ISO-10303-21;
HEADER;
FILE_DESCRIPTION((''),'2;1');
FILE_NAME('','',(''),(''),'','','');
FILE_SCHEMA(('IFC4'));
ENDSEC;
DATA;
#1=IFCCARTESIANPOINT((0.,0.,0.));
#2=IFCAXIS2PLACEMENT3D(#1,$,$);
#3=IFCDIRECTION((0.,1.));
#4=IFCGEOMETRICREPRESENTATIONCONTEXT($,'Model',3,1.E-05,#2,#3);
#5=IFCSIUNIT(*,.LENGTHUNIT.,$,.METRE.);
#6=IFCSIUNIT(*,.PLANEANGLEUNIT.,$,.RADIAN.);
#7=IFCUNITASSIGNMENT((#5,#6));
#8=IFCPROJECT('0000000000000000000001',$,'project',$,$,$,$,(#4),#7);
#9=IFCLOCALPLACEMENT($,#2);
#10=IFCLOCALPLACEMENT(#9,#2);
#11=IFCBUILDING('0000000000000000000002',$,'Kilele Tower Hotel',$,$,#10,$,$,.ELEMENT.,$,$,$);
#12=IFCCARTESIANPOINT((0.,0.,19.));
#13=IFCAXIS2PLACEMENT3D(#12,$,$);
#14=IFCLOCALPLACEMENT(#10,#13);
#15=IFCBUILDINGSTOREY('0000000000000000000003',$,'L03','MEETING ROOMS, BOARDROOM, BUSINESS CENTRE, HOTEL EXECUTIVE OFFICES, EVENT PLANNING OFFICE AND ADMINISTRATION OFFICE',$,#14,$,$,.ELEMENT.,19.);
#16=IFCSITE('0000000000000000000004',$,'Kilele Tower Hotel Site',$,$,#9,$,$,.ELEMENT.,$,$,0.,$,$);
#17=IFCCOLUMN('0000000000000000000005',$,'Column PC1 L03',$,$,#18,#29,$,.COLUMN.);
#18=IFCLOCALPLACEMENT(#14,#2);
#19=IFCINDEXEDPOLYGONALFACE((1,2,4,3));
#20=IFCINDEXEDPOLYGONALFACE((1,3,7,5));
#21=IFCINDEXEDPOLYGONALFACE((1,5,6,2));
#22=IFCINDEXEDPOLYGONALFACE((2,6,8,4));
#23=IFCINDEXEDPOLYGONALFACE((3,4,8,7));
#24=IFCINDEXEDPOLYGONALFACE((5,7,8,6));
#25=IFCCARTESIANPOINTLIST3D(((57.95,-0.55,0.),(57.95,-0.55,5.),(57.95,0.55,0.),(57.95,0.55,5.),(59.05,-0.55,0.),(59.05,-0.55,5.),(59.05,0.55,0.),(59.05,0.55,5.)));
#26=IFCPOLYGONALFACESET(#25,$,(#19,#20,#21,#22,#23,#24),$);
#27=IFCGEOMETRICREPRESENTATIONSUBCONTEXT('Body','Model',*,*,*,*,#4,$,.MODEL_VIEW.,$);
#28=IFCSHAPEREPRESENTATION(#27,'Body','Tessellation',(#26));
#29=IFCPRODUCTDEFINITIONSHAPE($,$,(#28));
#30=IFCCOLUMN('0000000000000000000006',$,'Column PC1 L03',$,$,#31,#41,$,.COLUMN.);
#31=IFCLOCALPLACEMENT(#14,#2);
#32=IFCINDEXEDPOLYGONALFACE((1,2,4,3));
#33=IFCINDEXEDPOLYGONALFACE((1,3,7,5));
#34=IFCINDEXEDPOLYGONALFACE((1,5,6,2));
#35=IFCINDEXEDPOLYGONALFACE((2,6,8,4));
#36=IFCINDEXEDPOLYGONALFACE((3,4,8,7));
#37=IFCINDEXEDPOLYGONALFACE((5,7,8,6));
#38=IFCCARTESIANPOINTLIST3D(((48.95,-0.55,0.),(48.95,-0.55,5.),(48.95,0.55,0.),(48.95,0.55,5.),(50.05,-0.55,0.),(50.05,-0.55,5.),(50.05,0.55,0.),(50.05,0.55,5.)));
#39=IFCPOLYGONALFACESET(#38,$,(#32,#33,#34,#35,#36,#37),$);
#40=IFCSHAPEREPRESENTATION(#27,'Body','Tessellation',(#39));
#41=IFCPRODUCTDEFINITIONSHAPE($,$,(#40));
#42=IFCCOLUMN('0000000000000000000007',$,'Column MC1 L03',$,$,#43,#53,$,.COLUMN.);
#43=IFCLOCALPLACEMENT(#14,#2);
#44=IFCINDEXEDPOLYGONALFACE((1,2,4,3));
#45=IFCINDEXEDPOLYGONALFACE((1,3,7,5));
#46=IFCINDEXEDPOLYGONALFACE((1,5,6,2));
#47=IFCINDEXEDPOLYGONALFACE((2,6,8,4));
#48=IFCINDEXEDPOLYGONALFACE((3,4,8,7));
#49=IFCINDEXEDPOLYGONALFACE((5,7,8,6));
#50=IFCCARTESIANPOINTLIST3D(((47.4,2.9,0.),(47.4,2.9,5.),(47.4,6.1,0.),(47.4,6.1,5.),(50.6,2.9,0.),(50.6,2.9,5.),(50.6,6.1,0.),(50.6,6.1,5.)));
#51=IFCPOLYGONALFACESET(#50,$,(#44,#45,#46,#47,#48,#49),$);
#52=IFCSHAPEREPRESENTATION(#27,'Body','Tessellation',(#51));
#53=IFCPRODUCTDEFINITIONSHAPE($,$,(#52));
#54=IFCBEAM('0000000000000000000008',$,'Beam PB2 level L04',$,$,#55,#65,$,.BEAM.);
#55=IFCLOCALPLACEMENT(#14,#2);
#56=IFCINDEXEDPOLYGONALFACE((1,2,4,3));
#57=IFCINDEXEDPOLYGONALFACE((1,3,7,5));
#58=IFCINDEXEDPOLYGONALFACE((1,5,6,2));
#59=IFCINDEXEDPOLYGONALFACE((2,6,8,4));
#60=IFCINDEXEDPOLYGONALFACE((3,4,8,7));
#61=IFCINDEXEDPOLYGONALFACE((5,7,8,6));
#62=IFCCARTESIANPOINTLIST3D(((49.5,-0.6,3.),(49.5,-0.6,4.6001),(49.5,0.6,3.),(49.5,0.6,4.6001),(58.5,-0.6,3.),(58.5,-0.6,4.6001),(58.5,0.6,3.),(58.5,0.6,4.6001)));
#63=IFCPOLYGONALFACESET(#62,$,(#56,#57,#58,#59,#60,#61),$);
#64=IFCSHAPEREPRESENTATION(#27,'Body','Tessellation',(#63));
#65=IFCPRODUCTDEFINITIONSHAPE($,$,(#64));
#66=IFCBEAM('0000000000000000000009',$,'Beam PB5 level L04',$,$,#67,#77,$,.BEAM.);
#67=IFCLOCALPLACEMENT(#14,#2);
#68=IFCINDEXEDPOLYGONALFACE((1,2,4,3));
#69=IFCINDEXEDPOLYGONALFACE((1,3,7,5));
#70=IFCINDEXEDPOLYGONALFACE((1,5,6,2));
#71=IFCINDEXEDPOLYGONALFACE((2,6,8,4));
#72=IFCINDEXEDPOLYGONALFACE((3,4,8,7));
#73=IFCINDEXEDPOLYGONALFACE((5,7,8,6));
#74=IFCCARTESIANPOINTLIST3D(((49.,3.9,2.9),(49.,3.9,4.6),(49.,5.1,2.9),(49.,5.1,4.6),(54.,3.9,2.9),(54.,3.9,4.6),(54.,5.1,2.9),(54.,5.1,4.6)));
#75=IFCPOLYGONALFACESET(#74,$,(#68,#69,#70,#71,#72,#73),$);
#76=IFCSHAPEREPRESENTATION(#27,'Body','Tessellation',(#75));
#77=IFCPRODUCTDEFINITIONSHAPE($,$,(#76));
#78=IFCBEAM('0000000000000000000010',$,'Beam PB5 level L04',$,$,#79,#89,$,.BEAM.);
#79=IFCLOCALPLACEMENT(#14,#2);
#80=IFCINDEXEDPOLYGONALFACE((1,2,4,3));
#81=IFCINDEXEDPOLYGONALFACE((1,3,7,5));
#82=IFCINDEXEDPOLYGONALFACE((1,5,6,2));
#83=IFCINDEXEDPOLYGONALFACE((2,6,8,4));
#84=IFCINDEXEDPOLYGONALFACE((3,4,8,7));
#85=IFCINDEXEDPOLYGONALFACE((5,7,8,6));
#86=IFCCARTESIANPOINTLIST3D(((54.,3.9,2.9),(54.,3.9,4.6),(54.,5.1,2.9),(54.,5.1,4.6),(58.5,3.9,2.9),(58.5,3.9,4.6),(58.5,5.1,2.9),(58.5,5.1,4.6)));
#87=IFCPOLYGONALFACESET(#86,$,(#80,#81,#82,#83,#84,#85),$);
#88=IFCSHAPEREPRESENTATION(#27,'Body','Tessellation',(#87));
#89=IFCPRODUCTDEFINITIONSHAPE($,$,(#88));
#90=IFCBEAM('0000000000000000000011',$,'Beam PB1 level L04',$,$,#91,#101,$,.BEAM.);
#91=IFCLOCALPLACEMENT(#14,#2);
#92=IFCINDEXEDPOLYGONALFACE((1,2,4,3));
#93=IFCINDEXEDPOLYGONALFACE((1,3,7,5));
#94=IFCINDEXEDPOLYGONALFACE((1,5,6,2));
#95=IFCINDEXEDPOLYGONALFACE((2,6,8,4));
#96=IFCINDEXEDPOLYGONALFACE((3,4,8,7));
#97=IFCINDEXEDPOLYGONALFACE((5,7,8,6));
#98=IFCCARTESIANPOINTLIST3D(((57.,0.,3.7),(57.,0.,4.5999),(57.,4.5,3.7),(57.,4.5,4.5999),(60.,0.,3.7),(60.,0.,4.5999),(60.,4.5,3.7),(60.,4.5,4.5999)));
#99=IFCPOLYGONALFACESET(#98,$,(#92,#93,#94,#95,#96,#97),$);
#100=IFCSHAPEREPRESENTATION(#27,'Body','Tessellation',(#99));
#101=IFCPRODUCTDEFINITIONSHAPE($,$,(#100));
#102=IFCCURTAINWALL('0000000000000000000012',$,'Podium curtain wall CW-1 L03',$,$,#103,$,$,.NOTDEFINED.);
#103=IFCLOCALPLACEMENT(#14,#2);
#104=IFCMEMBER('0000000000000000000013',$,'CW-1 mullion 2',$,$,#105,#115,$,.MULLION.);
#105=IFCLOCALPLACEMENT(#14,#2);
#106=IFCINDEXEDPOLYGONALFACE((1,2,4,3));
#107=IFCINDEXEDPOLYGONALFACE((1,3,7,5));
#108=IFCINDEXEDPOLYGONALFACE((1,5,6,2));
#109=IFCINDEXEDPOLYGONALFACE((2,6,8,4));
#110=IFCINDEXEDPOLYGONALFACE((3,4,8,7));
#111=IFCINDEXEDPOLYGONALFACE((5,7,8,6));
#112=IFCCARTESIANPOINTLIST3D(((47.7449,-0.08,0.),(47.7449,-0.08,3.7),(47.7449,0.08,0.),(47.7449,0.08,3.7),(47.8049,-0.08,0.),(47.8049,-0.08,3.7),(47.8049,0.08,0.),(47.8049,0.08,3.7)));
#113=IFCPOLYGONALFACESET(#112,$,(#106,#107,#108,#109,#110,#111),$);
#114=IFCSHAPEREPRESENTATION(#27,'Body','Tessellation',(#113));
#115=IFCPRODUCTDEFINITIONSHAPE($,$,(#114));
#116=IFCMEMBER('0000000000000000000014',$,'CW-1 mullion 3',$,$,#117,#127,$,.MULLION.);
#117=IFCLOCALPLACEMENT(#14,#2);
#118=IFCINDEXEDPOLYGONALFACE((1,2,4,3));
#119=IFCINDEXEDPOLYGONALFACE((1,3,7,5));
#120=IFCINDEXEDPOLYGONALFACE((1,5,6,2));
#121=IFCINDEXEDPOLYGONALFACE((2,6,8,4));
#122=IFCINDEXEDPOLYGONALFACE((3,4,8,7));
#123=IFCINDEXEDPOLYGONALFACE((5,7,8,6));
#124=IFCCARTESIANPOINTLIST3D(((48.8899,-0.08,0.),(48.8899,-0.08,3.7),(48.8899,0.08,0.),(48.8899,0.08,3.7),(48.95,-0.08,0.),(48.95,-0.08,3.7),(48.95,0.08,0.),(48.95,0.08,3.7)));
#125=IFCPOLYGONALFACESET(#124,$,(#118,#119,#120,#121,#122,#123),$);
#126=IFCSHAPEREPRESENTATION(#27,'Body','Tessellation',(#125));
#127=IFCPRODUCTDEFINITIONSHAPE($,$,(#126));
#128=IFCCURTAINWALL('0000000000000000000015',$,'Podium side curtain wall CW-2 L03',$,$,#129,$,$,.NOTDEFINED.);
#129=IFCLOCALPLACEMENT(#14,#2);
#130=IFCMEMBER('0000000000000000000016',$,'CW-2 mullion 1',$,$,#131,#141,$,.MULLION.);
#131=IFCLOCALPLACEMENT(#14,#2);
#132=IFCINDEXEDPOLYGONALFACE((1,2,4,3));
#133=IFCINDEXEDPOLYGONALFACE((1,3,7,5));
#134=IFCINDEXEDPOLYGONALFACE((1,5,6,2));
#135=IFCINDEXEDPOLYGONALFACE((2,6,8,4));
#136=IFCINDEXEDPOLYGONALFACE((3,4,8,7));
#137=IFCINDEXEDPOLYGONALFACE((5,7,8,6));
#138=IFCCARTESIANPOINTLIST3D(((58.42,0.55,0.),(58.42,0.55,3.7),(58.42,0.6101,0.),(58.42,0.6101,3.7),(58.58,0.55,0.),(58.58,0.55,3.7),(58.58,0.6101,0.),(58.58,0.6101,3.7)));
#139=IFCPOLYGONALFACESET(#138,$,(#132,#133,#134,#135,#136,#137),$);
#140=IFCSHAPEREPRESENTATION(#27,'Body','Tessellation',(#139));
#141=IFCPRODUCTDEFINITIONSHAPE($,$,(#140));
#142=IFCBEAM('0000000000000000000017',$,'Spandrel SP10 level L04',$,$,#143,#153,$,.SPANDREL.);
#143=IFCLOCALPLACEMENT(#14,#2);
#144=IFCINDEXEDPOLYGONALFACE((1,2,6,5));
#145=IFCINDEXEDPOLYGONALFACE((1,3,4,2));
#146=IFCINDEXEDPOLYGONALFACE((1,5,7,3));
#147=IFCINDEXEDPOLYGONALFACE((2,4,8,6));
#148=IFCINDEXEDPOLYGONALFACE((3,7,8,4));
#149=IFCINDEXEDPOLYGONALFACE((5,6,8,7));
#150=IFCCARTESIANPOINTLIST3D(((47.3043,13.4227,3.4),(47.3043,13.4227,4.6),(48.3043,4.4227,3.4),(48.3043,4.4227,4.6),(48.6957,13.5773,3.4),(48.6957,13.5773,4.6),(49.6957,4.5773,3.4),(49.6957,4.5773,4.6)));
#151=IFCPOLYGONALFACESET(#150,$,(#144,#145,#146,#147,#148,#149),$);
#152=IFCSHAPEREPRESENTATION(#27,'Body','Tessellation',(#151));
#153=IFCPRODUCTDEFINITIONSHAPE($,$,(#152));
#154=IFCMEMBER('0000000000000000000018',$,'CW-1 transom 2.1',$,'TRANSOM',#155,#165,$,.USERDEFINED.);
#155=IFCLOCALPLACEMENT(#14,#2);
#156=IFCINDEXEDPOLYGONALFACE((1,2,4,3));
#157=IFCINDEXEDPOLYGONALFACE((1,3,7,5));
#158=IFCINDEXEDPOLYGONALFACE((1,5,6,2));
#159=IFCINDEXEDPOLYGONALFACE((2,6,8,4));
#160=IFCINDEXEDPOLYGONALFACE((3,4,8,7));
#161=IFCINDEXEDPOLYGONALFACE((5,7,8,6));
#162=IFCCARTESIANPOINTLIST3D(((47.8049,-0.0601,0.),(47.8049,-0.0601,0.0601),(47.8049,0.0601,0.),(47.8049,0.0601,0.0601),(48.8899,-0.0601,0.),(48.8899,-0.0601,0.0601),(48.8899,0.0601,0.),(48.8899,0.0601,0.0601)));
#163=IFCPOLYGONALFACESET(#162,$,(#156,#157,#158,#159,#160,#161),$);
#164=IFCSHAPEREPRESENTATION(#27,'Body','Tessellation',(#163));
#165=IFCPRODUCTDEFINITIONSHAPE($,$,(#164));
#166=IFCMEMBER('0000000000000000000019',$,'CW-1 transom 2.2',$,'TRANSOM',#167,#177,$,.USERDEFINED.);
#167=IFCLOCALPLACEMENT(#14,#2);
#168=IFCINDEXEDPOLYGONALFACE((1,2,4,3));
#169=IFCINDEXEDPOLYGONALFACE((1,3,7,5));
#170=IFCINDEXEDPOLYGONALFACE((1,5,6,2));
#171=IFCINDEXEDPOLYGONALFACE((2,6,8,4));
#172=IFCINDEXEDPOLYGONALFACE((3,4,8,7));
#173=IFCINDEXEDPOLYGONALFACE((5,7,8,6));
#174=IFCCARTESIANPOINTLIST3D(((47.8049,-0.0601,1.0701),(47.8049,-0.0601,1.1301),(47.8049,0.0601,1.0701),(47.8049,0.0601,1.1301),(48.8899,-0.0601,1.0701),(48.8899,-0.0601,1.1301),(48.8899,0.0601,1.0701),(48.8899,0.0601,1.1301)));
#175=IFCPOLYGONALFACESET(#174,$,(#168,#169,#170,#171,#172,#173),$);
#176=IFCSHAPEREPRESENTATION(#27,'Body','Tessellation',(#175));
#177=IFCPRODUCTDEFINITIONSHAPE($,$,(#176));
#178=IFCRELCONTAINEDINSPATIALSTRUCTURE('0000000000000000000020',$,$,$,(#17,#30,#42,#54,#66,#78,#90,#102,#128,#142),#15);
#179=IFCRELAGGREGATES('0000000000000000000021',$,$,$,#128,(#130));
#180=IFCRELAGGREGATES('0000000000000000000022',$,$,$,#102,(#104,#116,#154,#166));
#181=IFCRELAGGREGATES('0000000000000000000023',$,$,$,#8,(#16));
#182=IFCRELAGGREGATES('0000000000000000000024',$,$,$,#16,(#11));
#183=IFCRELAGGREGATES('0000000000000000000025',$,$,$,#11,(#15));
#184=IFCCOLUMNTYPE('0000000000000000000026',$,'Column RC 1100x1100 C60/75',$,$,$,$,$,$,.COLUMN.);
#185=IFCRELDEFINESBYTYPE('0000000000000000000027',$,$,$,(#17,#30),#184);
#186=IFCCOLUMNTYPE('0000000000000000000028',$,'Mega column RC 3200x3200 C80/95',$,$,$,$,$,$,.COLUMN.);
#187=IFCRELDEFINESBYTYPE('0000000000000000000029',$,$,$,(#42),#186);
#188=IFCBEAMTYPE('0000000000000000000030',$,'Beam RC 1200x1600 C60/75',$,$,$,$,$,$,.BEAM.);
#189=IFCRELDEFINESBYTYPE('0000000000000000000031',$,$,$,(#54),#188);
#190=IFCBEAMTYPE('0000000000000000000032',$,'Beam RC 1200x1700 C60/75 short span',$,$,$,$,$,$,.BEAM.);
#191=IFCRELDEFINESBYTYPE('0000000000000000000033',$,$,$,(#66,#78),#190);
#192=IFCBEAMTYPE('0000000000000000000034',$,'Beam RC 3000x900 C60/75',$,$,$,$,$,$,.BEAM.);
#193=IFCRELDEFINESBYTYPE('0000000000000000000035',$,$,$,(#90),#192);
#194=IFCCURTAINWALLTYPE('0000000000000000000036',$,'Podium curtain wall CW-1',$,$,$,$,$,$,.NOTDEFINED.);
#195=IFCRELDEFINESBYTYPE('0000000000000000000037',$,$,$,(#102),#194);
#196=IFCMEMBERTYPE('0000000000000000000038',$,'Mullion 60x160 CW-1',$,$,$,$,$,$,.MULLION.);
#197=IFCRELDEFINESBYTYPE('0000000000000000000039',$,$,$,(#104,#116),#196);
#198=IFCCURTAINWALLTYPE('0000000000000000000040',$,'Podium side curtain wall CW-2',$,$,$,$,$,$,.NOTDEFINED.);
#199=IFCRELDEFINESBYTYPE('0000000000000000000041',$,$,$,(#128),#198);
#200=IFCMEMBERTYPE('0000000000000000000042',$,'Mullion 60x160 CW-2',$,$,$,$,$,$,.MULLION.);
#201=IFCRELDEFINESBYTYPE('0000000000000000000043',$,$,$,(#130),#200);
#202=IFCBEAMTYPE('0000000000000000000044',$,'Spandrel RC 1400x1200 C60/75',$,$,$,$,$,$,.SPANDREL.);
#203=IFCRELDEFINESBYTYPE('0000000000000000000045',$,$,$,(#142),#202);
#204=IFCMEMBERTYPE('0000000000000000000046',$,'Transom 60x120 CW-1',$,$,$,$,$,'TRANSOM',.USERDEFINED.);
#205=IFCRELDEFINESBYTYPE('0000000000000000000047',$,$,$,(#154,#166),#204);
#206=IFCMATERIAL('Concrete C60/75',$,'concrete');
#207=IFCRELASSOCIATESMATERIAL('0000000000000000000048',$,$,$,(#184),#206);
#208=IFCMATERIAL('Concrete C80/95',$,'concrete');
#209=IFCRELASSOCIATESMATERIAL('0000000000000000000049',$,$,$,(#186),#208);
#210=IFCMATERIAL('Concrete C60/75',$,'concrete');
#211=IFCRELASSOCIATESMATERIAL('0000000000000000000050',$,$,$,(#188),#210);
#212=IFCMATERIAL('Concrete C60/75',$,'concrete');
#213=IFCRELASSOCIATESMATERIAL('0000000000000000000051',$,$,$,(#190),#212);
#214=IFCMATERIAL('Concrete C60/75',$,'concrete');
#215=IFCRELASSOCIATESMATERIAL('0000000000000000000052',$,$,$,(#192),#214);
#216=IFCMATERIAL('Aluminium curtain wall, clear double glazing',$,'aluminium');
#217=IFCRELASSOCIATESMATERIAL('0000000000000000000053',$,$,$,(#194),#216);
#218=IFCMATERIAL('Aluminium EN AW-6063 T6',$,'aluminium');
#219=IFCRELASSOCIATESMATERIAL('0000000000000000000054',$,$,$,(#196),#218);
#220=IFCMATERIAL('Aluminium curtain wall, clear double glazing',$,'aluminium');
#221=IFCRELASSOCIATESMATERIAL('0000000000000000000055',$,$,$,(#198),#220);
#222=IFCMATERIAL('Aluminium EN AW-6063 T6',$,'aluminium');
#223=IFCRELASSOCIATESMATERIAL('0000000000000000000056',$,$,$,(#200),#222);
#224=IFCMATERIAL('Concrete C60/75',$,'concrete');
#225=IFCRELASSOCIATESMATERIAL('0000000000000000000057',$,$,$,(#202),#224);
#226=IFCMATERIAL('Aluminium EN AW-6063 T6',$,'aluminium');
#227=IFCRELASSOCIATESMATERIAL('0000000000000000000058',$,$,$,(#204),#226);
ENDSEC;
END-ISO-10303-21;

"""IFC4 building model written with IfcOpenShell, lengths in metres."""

from ifc_helpers import new_model, si_unit, direction, frame, origin, origin_2d, place, context, subcontext, project, spatial, rectangle, extrude, material, material_profile, profile_set, type_object, element, aggregate, save


model = new_model("IFC4")

# Units and contexts
model_context = context("Model", 3, precision=1e-05, world=origin(), true_north=direction((0.0, 1.0)))
body_context = subcontext(model_context, "Body", "Model", "MODEL_VIEW")
ifc_project = project(units=[si_unit("LENGTHUNIT", "METRE"), si_unit("PLANEANGLEUNIT", "RADIAN")], contexts=[model_context])

# Site, building, storey
site_placement = place(None, origin())
site = spatial("IfcSite", under=ifc_project, at=site_placement, Name="Kilele Tower Hotel Site", CompositionType="ELEMENT", RefElevation=0.0)
building_placement = place(site_placement, origin())
building = spatial("IfcBuilding", under=site, at=building_placement, Name="Kilele Tower Hotel", CompositionType="ELEMENT")
storey_placement = place(building_placement, frame((0.0, 0.0, 19.0)))
storey = spatial("IfcBuildingStorey", under=building, at=storey_placement, Name="L03", Description="MEETING ROOMS, BOARDROOM, BUSINESS CENTRE, HOTEL EXECUTIVE OFFICES, EVENT PLANNING OFFICE AND ADMINISTRATION OFFICE", CompositionType="ELEMENT", Elevation=19.0)

# Columns
ifc_material_1 = material(Name="Concrete C60/75", Category="concrete")
ifc_material_profile_1 = material_profile(ifc_material_1, rectangle(XDim=1.1001, YDim=1.1001, at=origin_2d()))
ifc_profile_set_1 = profile_set([ifc_material_profile_1], Name="Concrete C60/75")
column_type_1 = type_object("IfcColumnType", Name="Column RC 1100x1100 C60/75", PredefinedType="COLUMN", material=ifc_profile_set_1)
for number, where, z_axis, x_axis, name in (
    (1, (58.5, 0.0, 0.0), (0.0, 0.0, 1.0), (1.0, 0.0, 0.0), "Column PC1 L03"),
    (2, (49.5, 0.0, 0.0), (0.0, 0.0, 1.0), (1.0, 0.0, 0.0), "Column PC1 L03"),
):
    element("IfcColumn", number, at=place(storey_placement, frame(where, z_axis=z_axis, x_axis=x_axis)), inside=storey, type_object=column_type_1, Name=name, PredefinedType="COLUMN", context=body_context, shape_type="SweptSolid", body=[
        extrude(rectangle(XDim=1.1001, YDim=1.1001, at=origin_2d()), origin(), (0.0, 0.0, 1.0), 5.0),
    ])
ifc_material_2 = material(Name="Concrete C80/95", Category="concrete")
ifc_material_profile_2 = material_profile(ifc_material_2, rectangle(XDim=3.2, YDim=3.2, at=origin_2d()))
ifc_profile_set_2 = profile_set([ifc_material_profile_2], Name="Concrete C80/95")
column_type_2 = type_object("IfcColumnType", Name="Mega column RC 3200x3200 C80/95", PredefinedType="COLUMN", material=ifc_profile_set_2)
column_placement = place(storey_placement, frame((49.0, 4.5, 0.0), z_axis=(0.0, 0.0, 1.0), x_axis=(1.0, 0.0, 0.0)))
element("IfcColumn", 3, at=column_placement, inside=storey, type_object=column_type_2, Name="Column MC1 L03", PredefinedType="COLUMN", context=body_context, shape_type="SweptSolid", body=[
    extrude(rectangle(XDim=3.2, YDim=3.2, at=origin_2d()), origin(), (0.0, 0.0, 1.0), 5.0),
])

# Beams
ifc_material_3 = material(Name="Concrete C60/75", Category="concrete")
ifc_material_profile_3 = material_profile(ifc_material_3, rectangle(XDim=1.2, YDim=1.6001, at=origin_2d()))
ifc_profile_set_3 = profile_set([ifc_material_profile_3], Name="Concrete C60/75")
beam_type_1 = type_object("IfcBeamType", Name="Beam RC 1200x1600 C60/75", PredefinedType="BEAM", material=ifc_profile_set_3)
beam_1_placement = place(storey_placement, frame((49.5, 0.0, 3.8), z_axis=(1.0, 0.0, 0.0), x_axis=(0.0, 1.0, 0.0)))
element("IfcBeam", 4, at=beam_1_placement, inside=storey, type_object=beam_type_1, Name="Beam PB2 level L04", PredefinedType="BEAM", context=body_context, shape_type="SweptSolid", body=[
    extrude(rectangle(XDim=1.2, YDim=1.6001, at=origin_2d()), origin(), (0.0, 0.0, 1.0), 9.0),
])
ifc_material_4 = material(Name="Concrete C60/75", Category="concrete")
ifc_material_profile_4 = material_profile(ifc_material_4, rectangle(XDim=1.2, YDim=1.7, at=origin_2d()))
ifc_profile_set_4 = profile_set([ifc_material_profile_4], Name="Concrete C60/75")
beam_type_2 = type_object("IfcBeamType", Name="Beam RC 1200x1700 C60/75 short span", PredefinedType="BEAM", material=ifc_profile_set_4)
beam_2_placement = place(storey_placement, frame((49.0, 4.5, 3.75), z_axis=(1.0, 0.0, 0.0), x_axis=(0.0, 1.0, 0.0)))
element("IfcBeam", 5, at=beam_2_placement, inside=storey, type_object=beam_type_2, Name="Beam PB5 level L04", PredefinedType="BEAM", context=body_context, shape_type="SweptSolid", body=[
    extrude(rectangle(XDim=1.2, YDim=1.7, at=origin_2d()), origin(), (0.0, 0.0, 1.0), 5.0),
])
beam_3_placement = place(storey_placement, frame((54.0, 4.5, 3.75), z_axis=(1.0, 0.0, 0.0), x_axis=(0.0, 1.0, 0.0)))
element("IfcBeam", 6, at=beam_3_placement, inside=storey, type_object=beam_type_2, Name="Beam PB5 level L04", PredefinedType="BEAM", context=body_context, shape_type="SweptSolid", body=[
    extrude(rectangle(XDim=1.2, YDim=1.7, at=origin_2d()), origin(), (0.0, 0.0, 1.0), 4.5),
])
ifc_material_5 = material(Name="Concrete C60/75", Category="concrete")
ifc_material_profile_5 = material_profile(ifc_material_5, rectangle(XDim=3.0, YDim=0.8999, at=origin_2d()))
ifc_profile_set_5 = profile_set([ifc_material_profile_5], Name="Concrete C60/75")
beam_type_3 = type_object("IfcBeamType", Name="Beam RC 3000x900 C60/75", PredefinedType="BEAM", material=ifc_profile_set_5)
beam_4_placement = place(storey_placement, frame((58.5, 0.0, 4.1499), z_axis=(0.0, 1.0, 0.0), x_axis=(-1.0, 0.0, 0.0)))
element("IfcBeam", 7, at=beam_4_placement, inside=storey, type_object=beam_type_3, Name="Beam PB1 level L04", PredefinedType="BEAM", context=body_context, shape_type="SweptSolid", body=[
    extrude(rectangle(XDim=3.0, YDim=0.8999, at=origin_2d()), origin(), (0.0, 0.0, 1.0), 4.5),
])

# Curtain wall, members
ifc_material_6 = material(Name="Aluminium curtain wall, clear double glazing", Category="aluminium")
curtain_wall_type_1 = type_object("IfcCurtainWallType", Name="Podium curtain wall CW-1", PredefinedType="NOTDEFINED", material=ifc_material_6)
curtain_wall_1_placement = place(storey_placement, origin())
curtain_wall_1 = element("IfcCurtainWall", 8, at=curtain_wall_1_placement, inside=storey, type_object=curtain_wall_type_1, Name="Podium curtain wall CW-1 L03", PredefinedType="NOTDEFINED")
ifc_material_7 = material(Name="Aluminium EN AW-6063 T6", Category="aluminium")
ifc_material_profile_6 = material_profile(ifc_material_7, rectangle(XDim=0.1599, YDim=0.0601, at=origin_2d()))
ifc_profile_set_6 = profile_set([ifc_material_profile_6], Name="Aluminium EN AW-6063 T6")
member_type_1 = type_object("IfcMemberType", Name="Mullion 60x160 CW-1", PredefinedType="MULLION", material=ifc_profile_set_6)
member_1_placement = place(storey_placement, frame((47.7749, 0.0, 0.0), z_axis=(0.0, 0.0, 1.0), x_axis=(0.0, 1.0, 0.0)))
member_1 = element("IfcMember", 9, at=member_1_placement, type_object=member_type_1, Name="CW-1 mullion 2", PredefinedType="MULLION", context=body_context, shape_type="SweptSolid", body=[
    extrude(rectangle(XDim=0.1599, YDim=0.0601, at=origin_2d()), origin(), (0.0, 0.0, 1.0), 3.7),
])
member_2_placement = place(storey_placement, frame((48.9199, 0.0, 0.0), z_axis=(0.0, 0.0, 1.0), x_axis=(0.0, 1.0, 0.0)))
member_2 = element("IfcMember", 10, at=member_2_placement, type_object=member_type_1, Name="CW-1 mullion 3", PredefinedType="MULLION", context=body_context, shape_type="SweptSolid", body=[
    extrude(rectangle(XDim=0.1599, YDim=0.0601, at=origin_2d()), origin(), (0.0, 0.0, 1.0), 3.7),
])

# Curtain wall, member
ifc_material_8 = material(Name="Aluminium curtain wall, clear double glazing", Category="aluminium")
curtain_wall_type_2 = type_object("IfcCurtainWallType", Name="Podium side curtain wall CW-2", PredefinedType="NOTDEFINED", material=ifc_material_8)
curtain_wall_2_placement = place(storey_placement, origin())
curtain_wall_2 = element("IfcCurtainWall", 11, at=curtain_wall_2_placement, inside=storey, type_object=curtain_wall_type_2, Name="Podium side curtain wall CW-2 L03", PredefinedType="NOTDEFINED")
ifc_material_9 = material(Name="Aluminium EN AW-6063 T6", Category="aluminium")
ifc_material_profile_7 = material_profile(ifc_material_9, rectangle(XDim=0.1599, YDim=0.0601, at=origin_2d()))
ifc_profile_set_7 = profile_set([ifc_material_profile_7], Name="Aluminium EN AW-6063 T6")
member_type_2 = type_object("IfcMemberType", Name="Mullion 60x160 CW-2", PredefinedType="MULLION", material=ifc_profile_set_7)
member_3_placement = place(storey_placement, frame((58.5, 0.5801, 0.0), z_axis=(0.0, 0.0, 1.0), x_axis=(-1.0, 0.0, 0.0)))
member_3 = element("IfcMember", 12, at=member_3_placement, type_object=member_type_2, Name="CW-2 mullion 1", PredefinedType="MULLION", context=body_context, shape_type="SweptSolid", body=[
    extrude(rectangle(XDim=0.1599, YDim=0.0601, at=origin_2d()), origin(), (0.0, 0.0, 1.0), 3.7),
])

# Beam
ifc_material_10 = material(Name="Concrete C60/75", Category="concrete")
ifc_material_profile_8 = material_profile(ifc_material_10, rectangle(XDim=1.3999, YDim=1.2, at=origin_2d()))
ifc_profile_set_8 = profile_set([ifc_material_profile_8], Name="Concrete C60/75")
beam_type_4 = type_object("IfcBeamType", Name="Spandrel RC 1400x1200 C60/75", PredefinedType="SPANDREL", material=ifc_profile_set_8)
beam_5_placement = place(storey_placement, frame((49.0, 4.5, 4.0), z_axis=(-0.110432, 0.993884, 0.0), x_axis=(-0.993884, -0.110432, 0.0)))
element("IfcBeam", 13, at=beam_5_placement, inside=storey, type_object=beam_type_4, Name="Spandrel SP10 level L04", PredefinedType="SPANDREL", context=body_context, shape_type="SweptSolid", body=[
    extrude(rectangle(XDim=1.3999, YDim=1.2, at=origin_2d()), origin(), (0.0, 0.0, 1.0), 9.0554),
])

# Members
ifc_material_11 = material(Name="Aluminium EN AW-6063 T6", Category="aluminium")
ifc_material_profile_9 = material_profile(ifc_material_11, rectangle(XDim=0.1201, YDim=0.0601, at=origin_2d()))
ifc_profile_set_9 = profile_set([ifc_material_profile_9], Name="Aluminium EN AW-6063 T6")
member_type_3 = type_object("IfcMemberType", Name="Transom 60x120 CW-1", ElementType="TRANSOM", PredefinedType="USERDEFINED", material=ifc_profile_set_9)
member_4_placement = place(storey_placement, frame((47.8049, 0.0, 0.03), z_axis=(1.0, 0.0, 0.0), x_axis=(0.0, 1.0, 0.0)))
member_4 = element("IfcMember", 14, at=member_4_placement, type_object=member_type_3, Name="CW-1 transom 2.1", ObjectType="TRANSOM", PredefinedType="USERDEFINED", context=body_context, shape_type="SweptSolid", body=[
    extrude(rectangle(XDim=0.1201, YDim=0.0601, at=origin_2d()), origin(), (0.0, 0.0, 1.0), 1.085),
])
member_5_placement = place(storey_placement, frame((47.8049, 0.0, 1.1001), z_axis=(1.0, 0.0, 0.0), x_axis=(0.0, 1.0, 0.0)))
member_5 = element("IfcMember", 15, at=member_5_placement, type_object=member_type_3, Name="CW-1 transom 2.2", ObjectType="TRANSOM", PredefinedType="USERDEFINED", context=body_context, shape_type="SweptSolid", body=[
    extrude(rectangle(XDim=0.1201, YDim=0.0601, at=origin_2d()), origin(), (0.0, 0.0, 1.0), 1.085),
])
aggregate(curtain_wall_2, [member_3])

aggregate(curtain_wall_1, [member_1, member_2, member_4, member_5])

save(model, "model.ifc")
